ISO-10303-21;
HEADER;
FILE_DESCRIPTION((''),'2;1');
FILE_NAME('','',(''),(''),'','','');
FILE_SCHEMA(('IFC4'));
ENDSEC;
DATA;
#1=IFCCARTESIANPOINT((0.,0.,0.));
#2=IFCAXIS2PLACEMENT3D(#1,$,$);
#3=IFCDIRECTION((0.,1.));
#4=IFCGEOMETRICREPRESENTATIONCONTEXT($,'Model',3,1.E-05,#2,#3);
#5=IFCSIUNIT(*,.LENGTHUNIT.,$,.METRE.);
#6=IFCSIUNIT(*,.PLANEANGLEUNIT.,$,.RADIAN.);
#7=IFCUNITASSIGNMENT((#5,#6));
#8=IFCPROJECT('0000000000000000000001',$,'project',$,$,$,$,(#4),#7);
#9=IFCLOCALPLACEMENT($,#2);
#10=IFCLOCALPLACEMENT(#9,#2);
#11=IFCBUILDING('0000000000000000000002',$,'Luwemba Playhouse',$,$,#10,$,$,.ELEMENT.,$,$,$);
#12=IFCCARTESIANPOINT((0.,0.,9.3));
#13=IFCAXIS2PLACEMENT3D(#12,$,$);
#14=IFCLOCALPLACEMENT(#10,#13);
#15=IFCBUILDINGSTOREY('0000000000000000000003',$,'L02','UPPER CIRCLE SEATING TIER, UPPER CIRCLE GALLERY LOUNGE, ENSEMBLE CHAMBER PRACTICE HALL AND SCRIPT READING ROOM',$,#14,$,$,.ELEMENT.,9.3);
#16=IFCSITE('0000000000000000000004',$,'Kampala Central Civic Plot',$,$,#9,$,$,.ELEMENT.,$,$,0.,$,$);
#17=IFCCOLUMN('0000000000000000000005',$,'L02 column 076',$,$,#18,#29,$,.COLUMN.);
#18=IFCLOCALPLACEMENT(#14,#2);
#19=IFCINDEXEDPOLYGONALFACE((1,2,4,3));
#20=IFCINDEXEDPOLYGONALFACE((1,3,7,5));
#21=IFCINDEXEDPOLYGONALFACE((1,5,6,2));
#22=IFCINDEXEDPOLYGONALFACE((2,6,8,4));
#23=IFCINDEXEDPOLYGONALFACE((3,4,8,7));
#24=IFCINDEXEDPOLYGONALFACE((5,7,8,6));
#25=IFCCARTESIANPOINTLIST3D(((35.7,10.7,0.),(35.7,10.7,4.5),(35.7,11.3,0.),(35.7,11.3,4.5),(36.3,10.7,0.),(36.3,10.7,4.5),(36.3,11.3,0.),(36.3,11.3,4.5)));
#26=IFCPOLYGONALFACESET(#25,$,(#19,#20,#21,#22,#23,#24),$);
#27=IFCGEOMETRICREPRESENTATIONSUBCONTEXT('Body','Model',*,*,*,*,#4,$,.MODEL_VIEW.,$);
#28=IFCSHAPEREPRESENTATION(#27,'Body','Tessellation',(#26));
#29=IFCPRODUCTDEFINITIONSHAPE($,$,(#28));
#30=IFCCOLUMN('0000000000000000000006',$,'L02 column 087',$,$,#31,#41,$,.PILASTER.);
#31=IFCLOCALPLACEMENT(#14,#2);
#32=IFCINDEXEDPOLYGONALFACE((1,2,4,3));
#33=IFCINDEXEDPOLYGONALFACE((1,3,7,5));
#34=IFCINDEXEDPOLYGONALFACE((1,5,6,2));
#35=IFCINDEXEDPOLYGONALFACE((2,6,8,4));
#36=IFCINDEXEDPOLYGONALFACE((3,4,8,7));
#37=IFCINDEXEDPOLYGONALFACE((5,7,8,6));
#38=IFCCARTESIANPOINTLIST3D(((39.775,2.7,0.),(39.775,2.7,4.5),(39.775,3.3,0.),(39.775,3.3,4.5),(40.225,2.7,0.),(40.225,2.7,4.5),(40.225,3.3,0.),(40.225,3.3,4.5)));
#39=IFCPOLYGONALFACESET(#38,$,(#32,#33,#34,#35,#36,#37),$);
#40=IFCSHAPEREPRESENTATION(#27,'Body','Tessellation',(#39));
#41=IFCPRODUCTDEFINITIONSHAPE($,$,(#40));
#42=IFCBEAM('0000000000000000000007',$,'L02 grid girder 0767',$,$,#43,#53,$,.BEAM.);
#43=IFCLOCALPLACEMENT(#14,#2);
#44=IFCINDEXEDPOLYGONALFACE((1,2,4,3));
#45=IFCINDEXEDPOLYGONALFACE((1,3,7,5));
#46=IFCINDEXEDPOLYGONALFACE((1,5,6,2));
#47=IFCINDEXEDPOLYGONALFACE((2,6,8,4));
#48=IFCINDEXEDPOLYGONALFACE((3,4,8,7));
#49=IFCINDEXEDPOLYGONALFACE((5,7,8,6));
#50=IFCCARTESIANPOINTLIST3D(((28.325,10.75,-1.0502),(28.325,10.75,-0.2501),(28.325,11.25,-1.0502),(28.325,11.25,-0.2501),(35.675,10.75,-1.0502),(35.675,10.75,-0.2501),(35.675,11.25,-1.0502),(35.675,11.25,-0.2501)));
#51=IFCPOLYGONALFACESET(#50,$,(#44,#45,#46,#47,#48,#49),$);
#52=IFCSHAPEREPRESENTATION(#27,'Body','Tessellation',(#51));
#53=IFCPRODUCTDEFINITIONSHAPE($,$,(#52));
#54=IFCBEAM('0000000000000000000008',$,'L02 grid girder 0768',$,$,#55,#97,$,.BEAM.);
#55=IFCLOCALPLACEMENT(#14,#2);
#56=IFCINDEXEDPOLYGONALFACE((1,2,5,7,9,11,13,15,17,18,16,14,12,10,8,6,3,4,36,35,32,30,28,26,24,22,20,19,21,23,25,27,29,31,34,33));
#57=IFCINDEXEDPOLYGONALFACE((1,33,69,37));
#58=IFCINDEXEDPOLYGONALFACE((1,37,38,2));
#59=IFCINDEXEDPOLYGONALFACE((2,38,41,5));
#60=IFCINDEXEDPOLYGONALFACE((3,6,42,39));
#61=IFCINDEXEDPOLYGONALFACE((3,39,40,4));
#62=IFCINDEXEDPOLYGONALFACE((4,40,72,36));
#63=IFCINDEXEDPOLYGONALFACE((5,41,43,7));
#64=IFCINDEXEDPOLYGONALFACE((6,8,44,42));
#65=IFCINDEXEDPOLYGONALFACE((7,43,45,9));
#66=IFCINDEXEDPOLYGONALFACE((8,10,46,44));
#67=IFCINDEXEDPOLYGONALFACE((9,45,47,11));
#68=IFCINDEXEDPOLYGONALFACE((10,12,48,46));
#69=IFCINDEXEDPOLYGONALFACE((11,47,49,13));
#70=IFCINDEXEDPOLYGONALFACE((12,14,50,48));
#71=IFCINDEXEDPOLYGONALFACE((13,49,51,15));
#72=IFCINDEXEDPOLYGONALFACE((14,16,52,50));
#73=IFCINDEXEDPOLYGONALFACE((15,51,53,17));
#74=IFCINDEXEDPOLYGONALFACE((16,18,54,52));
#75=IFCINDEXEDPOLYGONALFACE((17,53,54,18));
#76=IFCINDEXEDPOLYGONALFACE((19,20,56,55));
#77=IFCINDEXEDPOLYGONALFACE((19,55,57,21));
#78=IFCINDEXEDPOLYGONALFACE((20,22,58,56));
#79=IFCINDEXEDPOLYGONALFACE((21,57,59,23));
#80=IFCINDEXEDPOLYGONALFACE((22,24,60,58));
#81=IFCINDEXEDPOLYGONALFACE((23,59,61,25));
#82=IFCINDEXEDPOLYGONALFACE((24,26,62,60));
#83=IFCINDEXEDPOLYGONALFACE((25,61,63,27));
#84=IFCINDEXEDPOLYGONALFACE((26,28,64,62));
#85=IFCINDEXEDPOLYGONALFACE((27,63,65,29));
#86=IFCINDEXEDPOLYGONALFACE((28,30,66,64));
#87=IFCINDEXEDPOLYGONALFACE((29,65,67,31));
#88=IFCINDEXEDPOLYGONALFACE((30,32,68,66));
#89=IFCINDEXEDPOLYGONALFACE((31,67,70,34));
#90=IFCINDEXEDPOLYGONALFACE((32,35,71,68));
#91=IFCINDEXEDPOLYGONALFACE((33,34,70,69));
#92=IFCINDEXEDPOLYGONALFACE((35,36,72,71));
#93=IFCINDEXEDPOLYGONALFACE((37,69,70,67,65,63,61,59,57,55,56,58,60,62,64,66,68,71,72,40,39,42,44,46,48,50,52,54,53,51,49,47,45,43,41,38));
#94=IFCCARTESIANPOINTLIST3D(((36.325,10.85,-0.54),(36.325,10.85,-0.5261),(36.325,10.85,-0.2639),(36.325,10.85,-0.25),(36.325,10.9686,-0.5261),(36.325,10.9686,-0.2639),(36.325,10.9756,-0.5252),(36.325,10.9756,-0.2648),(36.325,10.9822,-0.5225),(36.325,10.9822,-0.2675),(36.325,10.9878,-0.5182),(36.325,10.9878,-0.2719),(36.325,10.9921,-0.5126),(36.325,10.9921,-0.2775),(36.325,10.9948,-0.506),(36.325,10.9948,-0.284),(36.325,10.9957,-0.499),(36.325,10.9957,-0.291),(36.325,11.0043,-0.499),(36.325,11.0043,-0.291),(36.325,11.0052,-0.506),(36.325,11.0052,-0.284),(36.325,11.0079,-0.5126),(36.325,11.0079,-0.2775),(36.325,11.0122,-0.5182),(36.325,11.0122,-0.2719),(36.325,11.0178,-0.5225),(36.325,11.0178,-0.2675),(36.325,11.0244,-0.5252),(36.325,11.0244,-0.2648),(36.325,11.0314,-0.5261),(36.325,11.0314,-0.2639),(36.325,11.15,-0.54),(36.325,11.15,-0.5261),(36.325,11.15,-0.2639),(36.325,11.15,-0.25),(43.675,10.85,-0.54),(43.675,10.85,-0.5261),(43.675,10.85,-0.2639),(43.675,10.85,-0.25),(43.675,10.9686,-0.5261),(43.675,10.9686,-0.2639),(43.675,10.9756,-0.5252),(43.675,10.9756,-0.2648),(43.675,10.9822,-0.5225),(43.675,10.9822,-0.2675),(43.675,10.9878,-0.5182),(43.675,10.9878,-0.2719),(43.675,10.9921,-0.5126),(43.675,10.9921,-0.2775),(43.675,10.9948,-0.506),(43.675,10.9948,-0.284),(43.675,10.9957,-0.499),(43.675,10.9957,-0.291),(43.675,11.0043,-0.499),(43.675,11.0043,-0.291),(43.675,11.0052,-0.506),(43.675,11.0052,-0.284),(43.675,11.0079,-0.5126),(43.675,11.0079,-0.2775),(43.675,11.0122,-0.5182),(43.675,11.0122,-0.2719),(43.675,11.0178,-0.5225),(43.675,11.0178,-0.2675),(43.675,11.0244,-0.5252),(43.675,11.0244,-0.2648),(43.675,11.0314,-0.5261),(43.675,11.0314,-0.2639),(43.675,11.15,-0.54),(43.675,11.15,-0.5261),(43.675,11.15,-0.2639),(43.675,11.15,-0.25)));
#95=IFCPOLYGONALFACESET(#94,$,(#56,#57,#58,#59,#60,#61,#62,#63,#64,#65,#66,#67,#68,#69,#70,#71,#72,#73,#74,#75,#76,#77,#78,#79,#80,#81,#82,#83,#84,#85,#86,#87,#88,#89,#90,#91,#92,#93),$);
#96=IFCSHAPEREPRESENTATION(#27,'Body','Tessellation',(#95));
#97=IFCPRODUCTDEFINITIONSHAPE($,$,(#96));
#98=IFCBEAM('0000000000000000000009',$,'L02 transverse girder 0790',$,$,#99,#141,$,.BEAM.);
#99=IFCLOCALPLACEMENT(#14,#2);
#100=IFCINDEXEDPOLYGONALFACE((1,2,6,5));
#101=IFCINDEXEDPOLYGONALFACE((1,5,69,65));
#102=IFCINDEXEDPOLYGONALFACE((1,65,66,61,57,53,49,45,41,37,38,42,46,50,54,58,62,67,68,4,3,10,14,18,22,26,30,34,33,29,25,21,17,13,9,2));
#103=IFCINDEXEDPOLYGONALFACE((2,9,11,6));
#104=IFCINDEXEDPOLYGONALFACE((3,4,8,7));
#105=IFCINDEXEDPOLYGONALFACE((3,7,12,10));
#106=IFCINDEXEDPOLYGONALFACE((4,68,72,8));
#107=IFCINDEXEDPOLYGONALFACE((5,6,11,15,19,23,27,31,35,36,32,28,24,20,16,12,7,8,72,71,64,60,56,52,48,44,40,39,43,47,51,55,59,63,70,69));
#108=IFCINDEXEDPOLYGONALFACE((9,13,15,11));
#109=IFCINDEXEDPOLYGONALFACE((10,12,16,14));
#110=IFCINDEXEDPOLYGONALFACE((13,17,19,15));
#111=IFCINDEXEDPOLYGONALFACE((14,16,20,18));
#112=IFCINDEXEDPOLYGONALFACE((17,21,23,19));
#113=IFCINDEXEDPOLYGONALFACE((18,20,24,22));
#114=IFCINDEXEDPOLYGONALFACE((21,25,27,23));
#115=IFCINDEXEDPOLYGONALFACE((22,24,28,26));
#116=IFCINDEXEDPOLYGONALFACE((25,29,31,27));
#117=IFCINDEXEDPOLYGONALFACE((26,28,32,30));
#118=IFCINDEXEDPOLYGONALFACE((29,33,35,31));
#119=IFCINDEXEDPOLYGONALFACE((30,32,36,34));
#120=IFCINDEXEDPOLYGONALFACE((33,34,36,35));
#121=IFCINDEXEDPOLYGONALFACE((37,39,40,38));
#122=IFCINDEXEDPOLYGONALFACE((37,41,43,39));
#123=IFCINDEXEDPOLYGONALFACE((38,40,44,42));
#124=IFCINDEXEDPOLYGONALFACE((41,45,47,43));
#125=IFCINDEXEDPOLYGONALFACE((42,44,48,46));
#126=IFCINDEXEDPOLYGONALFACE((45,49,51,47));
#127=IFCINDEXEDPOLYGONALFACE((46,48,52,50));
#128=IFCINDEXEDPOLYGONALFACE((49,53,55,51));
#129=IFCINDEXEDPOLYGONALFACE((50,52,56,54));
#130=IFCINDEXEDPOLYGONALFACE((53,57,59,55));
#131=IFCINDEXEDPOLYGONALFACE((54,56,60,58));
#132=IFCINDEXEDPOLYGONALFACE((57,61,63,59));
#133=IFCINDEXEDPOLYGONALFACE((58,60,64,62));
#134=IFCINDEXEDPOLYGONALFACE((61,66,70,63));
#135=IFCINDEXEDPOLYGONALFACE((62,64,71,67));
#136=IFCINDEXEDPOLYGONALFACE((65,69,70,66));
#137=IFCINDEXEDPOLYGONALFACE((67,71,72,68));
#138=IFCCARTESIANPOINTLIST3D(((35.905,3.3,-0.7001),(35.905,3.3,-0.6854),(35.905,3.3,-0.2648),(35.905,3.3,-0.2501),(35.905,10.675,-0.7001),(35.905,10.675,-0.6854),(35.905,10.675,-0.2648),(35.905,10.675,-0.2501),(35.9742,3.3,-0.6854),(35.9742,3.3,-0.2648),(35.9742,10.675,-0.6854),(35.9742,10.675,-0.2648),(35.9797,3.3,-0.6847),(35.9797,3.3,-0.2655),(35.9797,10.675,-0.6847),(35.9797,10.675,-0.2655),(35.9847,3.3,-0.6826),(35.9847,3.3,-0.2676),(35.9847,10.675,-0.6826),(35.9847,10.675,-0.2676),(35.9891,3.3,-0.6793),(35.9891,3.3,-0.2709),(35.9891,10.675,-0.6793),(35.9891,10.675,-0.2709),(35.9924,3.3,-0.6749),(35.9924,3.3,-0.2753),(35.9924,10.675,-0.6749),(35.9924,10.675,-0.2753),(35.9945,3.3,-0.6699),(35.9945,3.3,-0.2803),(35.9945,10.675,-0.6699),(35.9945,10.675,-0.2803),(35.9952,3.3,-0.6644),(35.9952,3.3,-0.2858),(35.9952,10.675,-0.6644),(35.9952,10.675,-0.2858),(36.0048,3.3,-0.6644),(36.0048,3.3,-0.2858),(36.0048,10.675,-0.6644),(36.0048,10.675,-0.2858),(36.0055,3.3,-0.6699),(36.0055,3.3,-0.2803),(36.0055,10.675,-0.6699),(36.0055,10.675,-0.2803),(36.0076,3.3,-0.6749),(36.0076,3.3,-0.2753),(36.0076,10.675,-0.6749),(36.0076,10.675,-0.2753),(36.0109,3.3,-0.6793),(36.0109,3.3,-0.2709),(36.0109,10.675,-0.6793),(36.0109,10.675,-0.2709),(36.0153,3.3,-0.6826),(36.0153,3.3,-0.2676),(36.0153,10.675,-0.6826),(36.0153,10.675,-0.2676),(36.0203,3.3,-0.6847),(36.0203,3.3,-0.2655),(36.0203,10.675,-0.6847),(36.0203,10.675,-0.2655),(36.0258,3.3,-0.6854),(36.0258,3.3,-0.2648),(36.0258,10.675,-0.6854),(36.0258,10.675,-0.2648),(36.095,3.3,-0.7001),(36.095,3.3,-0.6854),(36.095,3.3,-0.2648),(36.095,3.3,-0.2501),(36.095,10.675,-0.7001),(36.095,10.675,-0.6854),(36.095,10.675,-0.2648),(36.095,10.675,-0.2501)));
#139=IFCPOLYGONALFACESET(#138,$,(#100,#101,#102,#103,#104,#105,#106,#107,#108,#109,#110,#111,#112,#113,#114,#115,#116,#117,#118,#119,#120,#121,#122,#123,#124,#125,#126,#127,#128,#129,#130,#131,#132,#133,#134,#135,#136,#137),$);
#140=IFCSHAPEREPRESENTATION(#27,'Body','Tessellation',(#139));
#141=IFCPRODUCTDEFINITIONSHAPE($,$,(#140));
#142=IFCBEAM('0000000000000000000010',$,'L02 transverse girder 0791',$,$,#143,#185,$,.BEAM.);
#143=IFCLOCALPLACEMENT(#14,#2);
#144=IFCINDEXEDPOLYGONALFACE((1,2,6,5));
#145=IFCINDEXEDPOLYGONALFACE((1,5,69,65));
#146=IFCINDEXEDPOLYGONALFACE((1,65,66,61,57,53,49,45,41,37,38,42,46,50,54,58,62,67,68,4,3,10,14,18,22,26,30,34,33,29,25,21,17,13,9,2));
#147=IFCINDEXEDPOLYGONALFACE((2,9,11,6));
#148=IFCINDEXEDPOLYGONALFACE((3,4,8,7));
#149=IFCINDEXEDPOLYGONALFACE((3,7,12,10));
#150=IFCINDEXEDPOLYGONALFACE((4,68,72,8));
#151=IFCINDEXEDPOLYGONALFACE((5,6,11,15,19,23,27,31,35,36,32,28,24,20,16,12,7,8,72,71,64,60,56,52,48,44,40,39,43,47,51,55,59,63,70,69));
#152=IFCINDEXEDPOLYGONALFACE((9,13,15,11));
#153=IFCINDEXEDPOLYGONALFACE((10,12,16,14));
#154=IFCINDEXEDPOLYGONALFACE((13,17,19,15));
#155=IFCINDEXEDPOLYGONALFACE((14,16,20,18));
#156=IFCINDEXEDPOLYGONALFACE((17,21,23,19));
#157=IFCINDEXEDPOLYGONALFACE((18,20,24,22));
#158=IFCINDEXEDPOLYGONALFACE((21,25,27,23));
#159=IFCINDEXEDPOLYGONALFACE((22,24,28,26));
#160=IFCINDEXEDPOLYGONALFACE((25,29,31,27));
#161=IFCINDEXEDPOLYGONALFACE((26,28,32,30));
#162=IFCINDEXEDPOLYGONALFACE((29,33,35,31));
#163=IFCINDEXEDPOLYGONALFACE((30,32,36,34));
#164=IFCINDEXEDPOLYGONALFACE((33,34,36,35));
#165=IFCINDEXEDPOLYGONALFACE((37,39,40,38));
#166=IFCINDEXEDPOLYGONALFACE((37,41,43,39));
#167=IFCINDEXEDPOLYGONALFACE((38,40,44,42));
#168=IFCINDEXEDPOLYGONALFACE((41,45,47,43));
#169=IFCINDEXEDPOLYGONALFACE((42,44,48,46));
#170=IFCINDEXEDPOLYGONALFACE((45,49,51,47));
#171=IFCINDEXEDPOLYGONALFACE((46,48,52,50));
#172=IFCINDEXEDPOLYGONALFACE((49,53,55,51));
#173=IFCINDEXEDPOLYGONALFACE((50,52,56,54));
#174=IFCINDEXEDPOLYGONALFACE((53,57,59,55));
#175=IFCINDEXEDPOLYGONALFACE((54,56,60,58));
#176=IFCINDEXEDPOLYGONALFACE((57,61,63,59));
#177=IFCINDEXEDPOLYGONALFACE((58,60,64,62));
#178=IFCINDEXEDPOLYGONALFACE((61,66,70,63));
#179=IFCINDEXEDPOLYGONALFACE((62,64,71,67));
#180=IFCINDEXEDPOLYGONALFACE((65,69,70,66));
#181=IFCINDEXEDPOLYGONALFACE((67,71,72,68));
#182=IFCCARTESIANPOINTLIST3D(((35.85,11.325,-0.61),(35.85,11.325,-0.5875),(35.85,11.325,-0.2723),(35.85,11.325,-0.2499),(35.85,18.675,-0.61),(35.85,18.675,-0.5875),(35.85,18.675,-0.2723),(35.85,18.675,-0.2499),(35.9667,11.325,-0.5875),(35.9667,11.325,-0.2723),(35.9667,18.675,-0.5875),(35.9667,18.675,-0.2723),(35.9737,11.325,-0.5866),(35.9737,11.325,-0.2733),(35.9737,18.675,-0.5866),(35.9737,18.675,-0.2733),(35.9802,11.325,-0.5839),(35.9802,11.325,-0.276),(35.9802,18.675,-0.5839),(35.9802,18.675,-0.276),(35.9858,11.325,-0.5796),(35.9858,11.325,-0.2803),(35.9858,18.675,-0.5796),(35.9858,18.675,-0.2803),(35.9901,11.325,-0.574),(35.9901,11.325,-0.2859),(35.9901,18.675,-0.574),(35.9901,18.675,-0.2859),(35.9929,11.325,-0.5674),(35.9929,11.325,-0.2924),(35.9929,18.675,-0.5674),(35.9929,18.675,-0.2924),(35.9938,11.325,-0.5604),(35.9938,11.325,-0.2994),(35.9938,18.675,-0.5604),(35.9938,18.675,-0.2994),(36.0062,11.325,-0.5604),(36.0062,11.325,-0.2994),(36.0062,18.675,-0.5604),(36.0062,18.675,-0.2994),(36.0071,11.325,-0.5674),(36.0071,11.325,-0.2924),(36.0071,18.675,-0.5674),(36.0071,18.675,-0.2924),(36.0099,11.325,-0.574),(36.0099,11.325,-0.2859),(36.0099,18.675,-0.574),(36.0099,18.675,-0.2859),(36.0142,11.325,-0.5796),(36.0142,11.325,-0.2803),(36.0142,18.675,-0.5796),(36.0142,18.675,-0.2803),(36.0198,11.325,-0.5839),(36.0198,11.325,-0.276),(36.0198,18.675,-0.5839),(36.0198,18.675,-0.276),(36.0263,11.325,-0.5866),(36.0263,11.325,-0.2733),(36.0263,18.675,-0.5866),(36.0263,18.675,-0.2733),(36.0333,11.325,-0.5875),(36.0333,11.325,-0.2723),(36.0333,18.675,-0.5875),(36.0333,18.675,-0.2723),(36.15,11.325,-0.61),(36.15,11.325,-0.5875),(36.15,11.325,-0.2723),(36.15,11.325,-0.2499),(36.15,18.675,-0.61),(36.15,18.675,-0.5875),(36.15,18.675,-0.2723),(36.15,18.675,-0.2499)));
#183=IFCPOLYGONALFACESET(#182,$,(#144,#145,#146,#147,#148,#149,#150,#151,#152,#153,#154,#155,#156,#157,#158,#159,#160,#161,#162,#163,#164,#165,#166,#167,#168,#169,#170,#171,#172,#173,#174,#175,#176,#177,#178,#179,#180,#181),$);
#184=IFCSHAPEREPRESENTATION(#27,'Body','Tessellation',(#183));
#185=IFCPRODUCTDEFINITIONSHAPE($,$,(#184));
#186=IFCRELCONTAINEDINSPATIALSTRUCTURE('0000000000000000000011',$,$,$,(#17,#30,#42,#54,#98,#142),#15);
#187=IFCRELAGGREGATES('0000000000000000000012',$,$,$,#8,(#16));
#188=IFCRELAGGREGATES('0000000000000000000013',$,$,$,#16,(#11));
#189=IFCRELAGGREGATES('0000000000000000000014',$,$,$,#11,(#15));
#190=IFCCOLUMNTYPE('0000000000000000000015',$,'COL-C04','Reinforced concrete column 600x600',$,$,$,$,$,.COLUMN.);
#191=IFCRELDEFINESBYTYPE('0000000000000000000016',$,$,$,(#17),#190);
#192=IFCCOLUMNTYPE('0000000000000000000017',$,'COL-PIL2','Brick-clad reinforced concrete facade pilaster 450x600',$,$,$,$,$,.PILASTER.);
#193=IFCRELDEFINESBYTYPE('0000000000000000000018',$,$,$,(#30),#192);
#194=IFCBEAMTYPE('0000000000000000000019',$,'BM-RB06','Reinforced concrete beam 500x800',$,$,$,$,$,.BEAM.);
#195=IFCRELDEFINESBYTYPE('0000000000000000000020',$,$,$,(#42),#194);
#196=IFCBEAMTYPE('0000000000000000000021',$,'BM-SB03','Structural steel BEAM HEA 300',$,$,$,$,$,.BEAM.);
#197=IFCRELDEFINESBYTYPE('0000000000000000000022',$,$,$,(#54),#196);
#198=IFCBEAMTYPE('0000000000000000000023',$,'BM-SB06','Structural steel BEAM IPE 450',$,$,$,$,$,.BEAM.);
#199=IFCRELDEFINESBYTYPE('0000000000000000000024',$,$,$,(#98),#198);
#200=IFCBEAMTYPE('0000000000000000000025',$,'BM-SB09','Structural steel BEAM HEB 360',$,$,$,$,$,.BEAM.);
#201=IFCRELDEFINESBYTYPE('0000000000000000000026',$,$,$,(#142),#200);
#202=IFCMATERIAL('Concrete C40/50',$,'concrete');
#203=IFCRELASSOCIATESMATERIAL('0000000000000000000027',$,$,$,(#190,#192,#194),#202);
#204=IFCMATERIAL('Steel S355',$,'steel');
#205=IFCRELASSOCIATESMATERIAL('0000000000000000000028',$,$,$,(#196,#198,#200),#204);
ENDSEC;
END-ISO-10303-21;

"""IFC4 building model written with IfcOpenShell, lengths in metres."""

from ifc_helpers import new_model, si_unit, direction, frame, origin, origin_2d, place, context, subcontext, project, spatial, rectangle, i_section, extrude, material, material_profile, profile_set, type_object, element, save


model = new_model("IFC4")

# Units and contexts
model_context = context("Model", 3, precision=1e-05, world=origin(), true_north=direction((0.0, 1.0)))
body_context = subcontext(model_context, "Body", "Model", "MODEL_VIEW")
ifc_project = project(units=[si_unit("LENGTHUNIT", "METRE"), si_unit("PLANEANGLEUNIT", "RADIAN")], contexts=[model_context])

# Site, building, storey
site_placement = place(None, origin())
site = spatial("IfcSite", under=ifc_project, at=site_placement, Name="Kampala Central Civic Plot", CompositionType="ELEMENT", RefElevation=0.0)
building_placement = place(site_placement, origin())
building = spatial("IfcBuilding", under=site, at=building_placement, Name="Luwemba Playhouse", CompositionType="ELEMENT")
storey_placement = place(building_placement, frame((0.0, 0.0, 9.3)))
storey = spatial("IfcBuildingStorey", under=building, at=storey_placement, Name="L02", Description="UPPER CIRCLE SEATING TIER, UPPER CIRCLE GALLERY LOUNGE, ENSEMBLE CHAMBER PRACTICE HALL AND SCRIPT READING ROOM", CompositionType="ELEMENT", Elevation=9.3)

# Columns
ifc_material_1 = material(Name="Concrete C40/50", Category="concrete")
ifc_material_profile_1 = material_profile(ifc_material_1, rectangle(XDim=0.6001, YDim=0.6001, at=origin_2d()))
ifc_profile_set_1 = profile_set([ifc_material_profile_1], Name="Concrete C40/50")
column_type_1 = type_object("IfcColumnType", Name="COL-C04", Description="Reinforced concrete column 600x600", PredefinedType="COLUMN", material=ifc_profile_set_1)
column_1_placement = place(storey_placement, frame((36.0, 11.0, 0.0), z_axis=(0.0, 0.0, 1.0), x_axis=(1.0, 0.0, 0.0)))
element("IfcColumn", 1, at=column_1_placement, inside=storey, type_object=column_type_1, Name="L02 column 076", PredefinedType="COLUMN", context=body_context, shape_type="SweptSolid", body=[
    extrude(rectangle(XDim=0.6001, YDim=0.6001, at=origin_2d()), origin(), (0.0, 0.0, 1.0), 4.5),
])
ifc_material_profile_2 = material_profile(ifc_material_1, rectangle(XDim=0.45, YDim=0.6001, at=origin_2d()))
ifc_profile_set_2 = profile_set([ifc_material_profile_2], Name="Concrete C40/50")
column_type_2 = type_object("IfcColumnType", Name="COL-PIL2", Description="Brick-clad reinforced concrete facade pilaster 450x600", PredefinedType="PILASTER", material=ifc_profile_set_2)
column_2_placement = place(storey_placement, frame((40.0, 3.0, 0.0), z_axis=(0.0, 0.0, 1.0), x_axis=(1.0, 0.0, 0.0)))
element("IfcColumn", 2, at=column_2_placement, inside=storey, type_object=column_type_2, Name="L02 column 087", PredefinedType="PILASTER", context=body_context, shape_type="SweptSolid", body=[
    extrude(rectangle(XDim=0.45, YDim=0.6001, at=origin_2d()), origin(), (0.0, 0.0, 1.0), 4.5),
])

# Beams
ifc_material_profile_3 = material_profile(ifc_material_1, rectangle(XDim=0.5, YDim=0.8, at=origin_2d()))
ifc_profile_set_3 = profile_set([ifc_material_profile_3], Name="Concrete C40/50")
beam_type_1 = type_object("IfcBeamType", Name="BM-RB06", Description="Reinforced concrete beam 500x800", PredefinedType="BEAM", material=ifc_profile_set_3)
beam_1_placement = place(storey_placement, frame((28.325, 11.0, -0.6501), z_axis=(1.0, 0.0, 0.0), x_axis=(0.0, 1.0, 0.0)))
element("IfcBeam", 3, at=beam_1_placement, inside=storey, type_object=beam_type_1, Name="L02 grid girder 0767", PredefinedType="BEAM", context=body_context, shape_type="SweptSolid", body=[
    extrude(rectangle(XDim=0.5, YDim=0.8, at=origin_2d()), origin(), (0.0, 0.0, 1.0), 7.3501),
])
ifc_material_2 = material(Name="Steel S355", Category="steel")
ifc_material_profile_4 = material_profile(ifc_material_2, i_section(OverallWidth=0.3, OverallDepth=0.29, WebThickness=0.0085, FlangeThickness=0.0139, FilletRadius=0.0271, at=origin_2d()))
ifc_profile_set_4 = profile_set([ifc_material_profile_4], Name="Steel S355")
beam_type_2 = type_object("IfcBeamType", Name="BM-SB03", Description="Structural steel BEAM HEA 300", PredefinedType="BEAM", material=ifc_profile_set_4)
beam_2_placement = place(storey_placement, frame((36.325, 11.0, -0.395), z_axis=(1.0, 0.0, 0.0), x_axis=(0.0, 1.0, 0.0)))
element("IfcBeam", 4, at=beam_2_placement, inside=storey, type_object=beam_type_2, Name="L02 grid girder 0768", PredefinedType="BEAM", context=body_context, shape_type="SweptSolid", body=[
    extrude(i_section(OverallWidth=0.3, OverallDepth=0.29, WebThickness=0.0085, FlangeThickness=0.0139, FilletRadius=0.0271, at=origin_2d()), origin(), (0.0, 0.0, 1.0), 7.3501),
])
ifc_material_profile_5 = material_profile(ifc_material_2, i_section(OverallWidth=0.1899, OverallDepth=0.45, WebThickness=0.0095, FlangeThickness=0.0146, FilletRadius=0.021, at=origin_2d()))
ifc_profile_set_5 = profile_set([ifc_material_profile_5], Name="Steel S355")
beam_type_3 = type_object("IfcBeamType", Name="BM-SB06", Description="Structural steel BEAM IPE 450", PredefinedType="BEAM", material=ifc_profile_set_5)
beam_3_placement = place(storey_placement, frame((36.0, 3.3, -0.4751), z_axis=(0.0, 1.0, 0.0), x_axis=(-1.0, 0.0, 0.0)))
element("IfcBeam", 5, at=beam_3_placement, inside=storey, type_object=beam_type_3, Name="L02 transverse girder 0790", PredefinedType="BEAM", context=body_context, shape_type="SweptSolid", body=[
    extrude(i_section(OverallWidth=0.1899, OverallDepth=0.45, WebThickness=0.0095, FlangeThickness=0.0146, FilletRadius=0.021, at=origin_2d()), origin(), (0.0, 0.0, 1.0), 7.375),
])
ifc_material_profile_6 = material_profile(ifc_material_2, i_section(OverallWidth=0.3, OverallDepth=0.3601, WebThickness=0.0125, FlangeThickness=0.0225, FilletRadius=0.0271, at=origin_2d()))
ifc_profile_set_6 = profile_set([ifc_material_profile_6], Name="Steel S355")
beam_type_4 = type_object("IfcBeamType", Name="BM-SB09", Description="Structural steel BEAM HEB 360", PredefinedType="BEAM", material=ifc_profile_set_6)
beam_4_placement = place(storey_placement, frame((36.0, 11.325, -0.4299), z_axis=(0.0, 1.0, 0.0), x_axis=(-1.0, 0.0, 0.0)))
element("IfcBeam", 6, at=beam_4_placement, inside=storey, type_object=beam_type_4, Name="L02 transverse girder 0791", PredefinedType="BEAM", context=body_context, shape_type="SweptSolid", body=[
    extrude(i_section(OverallWidth=0.3, OverallDepth=0.3601, WebThickness=0.0125, FlangeThickness=0.0225, FilletRadius=0.0271, at=origin_2d()), origin(), (0.0, 0.0, 1.0), 7.3501),
])

save(model, "model.ifc")
